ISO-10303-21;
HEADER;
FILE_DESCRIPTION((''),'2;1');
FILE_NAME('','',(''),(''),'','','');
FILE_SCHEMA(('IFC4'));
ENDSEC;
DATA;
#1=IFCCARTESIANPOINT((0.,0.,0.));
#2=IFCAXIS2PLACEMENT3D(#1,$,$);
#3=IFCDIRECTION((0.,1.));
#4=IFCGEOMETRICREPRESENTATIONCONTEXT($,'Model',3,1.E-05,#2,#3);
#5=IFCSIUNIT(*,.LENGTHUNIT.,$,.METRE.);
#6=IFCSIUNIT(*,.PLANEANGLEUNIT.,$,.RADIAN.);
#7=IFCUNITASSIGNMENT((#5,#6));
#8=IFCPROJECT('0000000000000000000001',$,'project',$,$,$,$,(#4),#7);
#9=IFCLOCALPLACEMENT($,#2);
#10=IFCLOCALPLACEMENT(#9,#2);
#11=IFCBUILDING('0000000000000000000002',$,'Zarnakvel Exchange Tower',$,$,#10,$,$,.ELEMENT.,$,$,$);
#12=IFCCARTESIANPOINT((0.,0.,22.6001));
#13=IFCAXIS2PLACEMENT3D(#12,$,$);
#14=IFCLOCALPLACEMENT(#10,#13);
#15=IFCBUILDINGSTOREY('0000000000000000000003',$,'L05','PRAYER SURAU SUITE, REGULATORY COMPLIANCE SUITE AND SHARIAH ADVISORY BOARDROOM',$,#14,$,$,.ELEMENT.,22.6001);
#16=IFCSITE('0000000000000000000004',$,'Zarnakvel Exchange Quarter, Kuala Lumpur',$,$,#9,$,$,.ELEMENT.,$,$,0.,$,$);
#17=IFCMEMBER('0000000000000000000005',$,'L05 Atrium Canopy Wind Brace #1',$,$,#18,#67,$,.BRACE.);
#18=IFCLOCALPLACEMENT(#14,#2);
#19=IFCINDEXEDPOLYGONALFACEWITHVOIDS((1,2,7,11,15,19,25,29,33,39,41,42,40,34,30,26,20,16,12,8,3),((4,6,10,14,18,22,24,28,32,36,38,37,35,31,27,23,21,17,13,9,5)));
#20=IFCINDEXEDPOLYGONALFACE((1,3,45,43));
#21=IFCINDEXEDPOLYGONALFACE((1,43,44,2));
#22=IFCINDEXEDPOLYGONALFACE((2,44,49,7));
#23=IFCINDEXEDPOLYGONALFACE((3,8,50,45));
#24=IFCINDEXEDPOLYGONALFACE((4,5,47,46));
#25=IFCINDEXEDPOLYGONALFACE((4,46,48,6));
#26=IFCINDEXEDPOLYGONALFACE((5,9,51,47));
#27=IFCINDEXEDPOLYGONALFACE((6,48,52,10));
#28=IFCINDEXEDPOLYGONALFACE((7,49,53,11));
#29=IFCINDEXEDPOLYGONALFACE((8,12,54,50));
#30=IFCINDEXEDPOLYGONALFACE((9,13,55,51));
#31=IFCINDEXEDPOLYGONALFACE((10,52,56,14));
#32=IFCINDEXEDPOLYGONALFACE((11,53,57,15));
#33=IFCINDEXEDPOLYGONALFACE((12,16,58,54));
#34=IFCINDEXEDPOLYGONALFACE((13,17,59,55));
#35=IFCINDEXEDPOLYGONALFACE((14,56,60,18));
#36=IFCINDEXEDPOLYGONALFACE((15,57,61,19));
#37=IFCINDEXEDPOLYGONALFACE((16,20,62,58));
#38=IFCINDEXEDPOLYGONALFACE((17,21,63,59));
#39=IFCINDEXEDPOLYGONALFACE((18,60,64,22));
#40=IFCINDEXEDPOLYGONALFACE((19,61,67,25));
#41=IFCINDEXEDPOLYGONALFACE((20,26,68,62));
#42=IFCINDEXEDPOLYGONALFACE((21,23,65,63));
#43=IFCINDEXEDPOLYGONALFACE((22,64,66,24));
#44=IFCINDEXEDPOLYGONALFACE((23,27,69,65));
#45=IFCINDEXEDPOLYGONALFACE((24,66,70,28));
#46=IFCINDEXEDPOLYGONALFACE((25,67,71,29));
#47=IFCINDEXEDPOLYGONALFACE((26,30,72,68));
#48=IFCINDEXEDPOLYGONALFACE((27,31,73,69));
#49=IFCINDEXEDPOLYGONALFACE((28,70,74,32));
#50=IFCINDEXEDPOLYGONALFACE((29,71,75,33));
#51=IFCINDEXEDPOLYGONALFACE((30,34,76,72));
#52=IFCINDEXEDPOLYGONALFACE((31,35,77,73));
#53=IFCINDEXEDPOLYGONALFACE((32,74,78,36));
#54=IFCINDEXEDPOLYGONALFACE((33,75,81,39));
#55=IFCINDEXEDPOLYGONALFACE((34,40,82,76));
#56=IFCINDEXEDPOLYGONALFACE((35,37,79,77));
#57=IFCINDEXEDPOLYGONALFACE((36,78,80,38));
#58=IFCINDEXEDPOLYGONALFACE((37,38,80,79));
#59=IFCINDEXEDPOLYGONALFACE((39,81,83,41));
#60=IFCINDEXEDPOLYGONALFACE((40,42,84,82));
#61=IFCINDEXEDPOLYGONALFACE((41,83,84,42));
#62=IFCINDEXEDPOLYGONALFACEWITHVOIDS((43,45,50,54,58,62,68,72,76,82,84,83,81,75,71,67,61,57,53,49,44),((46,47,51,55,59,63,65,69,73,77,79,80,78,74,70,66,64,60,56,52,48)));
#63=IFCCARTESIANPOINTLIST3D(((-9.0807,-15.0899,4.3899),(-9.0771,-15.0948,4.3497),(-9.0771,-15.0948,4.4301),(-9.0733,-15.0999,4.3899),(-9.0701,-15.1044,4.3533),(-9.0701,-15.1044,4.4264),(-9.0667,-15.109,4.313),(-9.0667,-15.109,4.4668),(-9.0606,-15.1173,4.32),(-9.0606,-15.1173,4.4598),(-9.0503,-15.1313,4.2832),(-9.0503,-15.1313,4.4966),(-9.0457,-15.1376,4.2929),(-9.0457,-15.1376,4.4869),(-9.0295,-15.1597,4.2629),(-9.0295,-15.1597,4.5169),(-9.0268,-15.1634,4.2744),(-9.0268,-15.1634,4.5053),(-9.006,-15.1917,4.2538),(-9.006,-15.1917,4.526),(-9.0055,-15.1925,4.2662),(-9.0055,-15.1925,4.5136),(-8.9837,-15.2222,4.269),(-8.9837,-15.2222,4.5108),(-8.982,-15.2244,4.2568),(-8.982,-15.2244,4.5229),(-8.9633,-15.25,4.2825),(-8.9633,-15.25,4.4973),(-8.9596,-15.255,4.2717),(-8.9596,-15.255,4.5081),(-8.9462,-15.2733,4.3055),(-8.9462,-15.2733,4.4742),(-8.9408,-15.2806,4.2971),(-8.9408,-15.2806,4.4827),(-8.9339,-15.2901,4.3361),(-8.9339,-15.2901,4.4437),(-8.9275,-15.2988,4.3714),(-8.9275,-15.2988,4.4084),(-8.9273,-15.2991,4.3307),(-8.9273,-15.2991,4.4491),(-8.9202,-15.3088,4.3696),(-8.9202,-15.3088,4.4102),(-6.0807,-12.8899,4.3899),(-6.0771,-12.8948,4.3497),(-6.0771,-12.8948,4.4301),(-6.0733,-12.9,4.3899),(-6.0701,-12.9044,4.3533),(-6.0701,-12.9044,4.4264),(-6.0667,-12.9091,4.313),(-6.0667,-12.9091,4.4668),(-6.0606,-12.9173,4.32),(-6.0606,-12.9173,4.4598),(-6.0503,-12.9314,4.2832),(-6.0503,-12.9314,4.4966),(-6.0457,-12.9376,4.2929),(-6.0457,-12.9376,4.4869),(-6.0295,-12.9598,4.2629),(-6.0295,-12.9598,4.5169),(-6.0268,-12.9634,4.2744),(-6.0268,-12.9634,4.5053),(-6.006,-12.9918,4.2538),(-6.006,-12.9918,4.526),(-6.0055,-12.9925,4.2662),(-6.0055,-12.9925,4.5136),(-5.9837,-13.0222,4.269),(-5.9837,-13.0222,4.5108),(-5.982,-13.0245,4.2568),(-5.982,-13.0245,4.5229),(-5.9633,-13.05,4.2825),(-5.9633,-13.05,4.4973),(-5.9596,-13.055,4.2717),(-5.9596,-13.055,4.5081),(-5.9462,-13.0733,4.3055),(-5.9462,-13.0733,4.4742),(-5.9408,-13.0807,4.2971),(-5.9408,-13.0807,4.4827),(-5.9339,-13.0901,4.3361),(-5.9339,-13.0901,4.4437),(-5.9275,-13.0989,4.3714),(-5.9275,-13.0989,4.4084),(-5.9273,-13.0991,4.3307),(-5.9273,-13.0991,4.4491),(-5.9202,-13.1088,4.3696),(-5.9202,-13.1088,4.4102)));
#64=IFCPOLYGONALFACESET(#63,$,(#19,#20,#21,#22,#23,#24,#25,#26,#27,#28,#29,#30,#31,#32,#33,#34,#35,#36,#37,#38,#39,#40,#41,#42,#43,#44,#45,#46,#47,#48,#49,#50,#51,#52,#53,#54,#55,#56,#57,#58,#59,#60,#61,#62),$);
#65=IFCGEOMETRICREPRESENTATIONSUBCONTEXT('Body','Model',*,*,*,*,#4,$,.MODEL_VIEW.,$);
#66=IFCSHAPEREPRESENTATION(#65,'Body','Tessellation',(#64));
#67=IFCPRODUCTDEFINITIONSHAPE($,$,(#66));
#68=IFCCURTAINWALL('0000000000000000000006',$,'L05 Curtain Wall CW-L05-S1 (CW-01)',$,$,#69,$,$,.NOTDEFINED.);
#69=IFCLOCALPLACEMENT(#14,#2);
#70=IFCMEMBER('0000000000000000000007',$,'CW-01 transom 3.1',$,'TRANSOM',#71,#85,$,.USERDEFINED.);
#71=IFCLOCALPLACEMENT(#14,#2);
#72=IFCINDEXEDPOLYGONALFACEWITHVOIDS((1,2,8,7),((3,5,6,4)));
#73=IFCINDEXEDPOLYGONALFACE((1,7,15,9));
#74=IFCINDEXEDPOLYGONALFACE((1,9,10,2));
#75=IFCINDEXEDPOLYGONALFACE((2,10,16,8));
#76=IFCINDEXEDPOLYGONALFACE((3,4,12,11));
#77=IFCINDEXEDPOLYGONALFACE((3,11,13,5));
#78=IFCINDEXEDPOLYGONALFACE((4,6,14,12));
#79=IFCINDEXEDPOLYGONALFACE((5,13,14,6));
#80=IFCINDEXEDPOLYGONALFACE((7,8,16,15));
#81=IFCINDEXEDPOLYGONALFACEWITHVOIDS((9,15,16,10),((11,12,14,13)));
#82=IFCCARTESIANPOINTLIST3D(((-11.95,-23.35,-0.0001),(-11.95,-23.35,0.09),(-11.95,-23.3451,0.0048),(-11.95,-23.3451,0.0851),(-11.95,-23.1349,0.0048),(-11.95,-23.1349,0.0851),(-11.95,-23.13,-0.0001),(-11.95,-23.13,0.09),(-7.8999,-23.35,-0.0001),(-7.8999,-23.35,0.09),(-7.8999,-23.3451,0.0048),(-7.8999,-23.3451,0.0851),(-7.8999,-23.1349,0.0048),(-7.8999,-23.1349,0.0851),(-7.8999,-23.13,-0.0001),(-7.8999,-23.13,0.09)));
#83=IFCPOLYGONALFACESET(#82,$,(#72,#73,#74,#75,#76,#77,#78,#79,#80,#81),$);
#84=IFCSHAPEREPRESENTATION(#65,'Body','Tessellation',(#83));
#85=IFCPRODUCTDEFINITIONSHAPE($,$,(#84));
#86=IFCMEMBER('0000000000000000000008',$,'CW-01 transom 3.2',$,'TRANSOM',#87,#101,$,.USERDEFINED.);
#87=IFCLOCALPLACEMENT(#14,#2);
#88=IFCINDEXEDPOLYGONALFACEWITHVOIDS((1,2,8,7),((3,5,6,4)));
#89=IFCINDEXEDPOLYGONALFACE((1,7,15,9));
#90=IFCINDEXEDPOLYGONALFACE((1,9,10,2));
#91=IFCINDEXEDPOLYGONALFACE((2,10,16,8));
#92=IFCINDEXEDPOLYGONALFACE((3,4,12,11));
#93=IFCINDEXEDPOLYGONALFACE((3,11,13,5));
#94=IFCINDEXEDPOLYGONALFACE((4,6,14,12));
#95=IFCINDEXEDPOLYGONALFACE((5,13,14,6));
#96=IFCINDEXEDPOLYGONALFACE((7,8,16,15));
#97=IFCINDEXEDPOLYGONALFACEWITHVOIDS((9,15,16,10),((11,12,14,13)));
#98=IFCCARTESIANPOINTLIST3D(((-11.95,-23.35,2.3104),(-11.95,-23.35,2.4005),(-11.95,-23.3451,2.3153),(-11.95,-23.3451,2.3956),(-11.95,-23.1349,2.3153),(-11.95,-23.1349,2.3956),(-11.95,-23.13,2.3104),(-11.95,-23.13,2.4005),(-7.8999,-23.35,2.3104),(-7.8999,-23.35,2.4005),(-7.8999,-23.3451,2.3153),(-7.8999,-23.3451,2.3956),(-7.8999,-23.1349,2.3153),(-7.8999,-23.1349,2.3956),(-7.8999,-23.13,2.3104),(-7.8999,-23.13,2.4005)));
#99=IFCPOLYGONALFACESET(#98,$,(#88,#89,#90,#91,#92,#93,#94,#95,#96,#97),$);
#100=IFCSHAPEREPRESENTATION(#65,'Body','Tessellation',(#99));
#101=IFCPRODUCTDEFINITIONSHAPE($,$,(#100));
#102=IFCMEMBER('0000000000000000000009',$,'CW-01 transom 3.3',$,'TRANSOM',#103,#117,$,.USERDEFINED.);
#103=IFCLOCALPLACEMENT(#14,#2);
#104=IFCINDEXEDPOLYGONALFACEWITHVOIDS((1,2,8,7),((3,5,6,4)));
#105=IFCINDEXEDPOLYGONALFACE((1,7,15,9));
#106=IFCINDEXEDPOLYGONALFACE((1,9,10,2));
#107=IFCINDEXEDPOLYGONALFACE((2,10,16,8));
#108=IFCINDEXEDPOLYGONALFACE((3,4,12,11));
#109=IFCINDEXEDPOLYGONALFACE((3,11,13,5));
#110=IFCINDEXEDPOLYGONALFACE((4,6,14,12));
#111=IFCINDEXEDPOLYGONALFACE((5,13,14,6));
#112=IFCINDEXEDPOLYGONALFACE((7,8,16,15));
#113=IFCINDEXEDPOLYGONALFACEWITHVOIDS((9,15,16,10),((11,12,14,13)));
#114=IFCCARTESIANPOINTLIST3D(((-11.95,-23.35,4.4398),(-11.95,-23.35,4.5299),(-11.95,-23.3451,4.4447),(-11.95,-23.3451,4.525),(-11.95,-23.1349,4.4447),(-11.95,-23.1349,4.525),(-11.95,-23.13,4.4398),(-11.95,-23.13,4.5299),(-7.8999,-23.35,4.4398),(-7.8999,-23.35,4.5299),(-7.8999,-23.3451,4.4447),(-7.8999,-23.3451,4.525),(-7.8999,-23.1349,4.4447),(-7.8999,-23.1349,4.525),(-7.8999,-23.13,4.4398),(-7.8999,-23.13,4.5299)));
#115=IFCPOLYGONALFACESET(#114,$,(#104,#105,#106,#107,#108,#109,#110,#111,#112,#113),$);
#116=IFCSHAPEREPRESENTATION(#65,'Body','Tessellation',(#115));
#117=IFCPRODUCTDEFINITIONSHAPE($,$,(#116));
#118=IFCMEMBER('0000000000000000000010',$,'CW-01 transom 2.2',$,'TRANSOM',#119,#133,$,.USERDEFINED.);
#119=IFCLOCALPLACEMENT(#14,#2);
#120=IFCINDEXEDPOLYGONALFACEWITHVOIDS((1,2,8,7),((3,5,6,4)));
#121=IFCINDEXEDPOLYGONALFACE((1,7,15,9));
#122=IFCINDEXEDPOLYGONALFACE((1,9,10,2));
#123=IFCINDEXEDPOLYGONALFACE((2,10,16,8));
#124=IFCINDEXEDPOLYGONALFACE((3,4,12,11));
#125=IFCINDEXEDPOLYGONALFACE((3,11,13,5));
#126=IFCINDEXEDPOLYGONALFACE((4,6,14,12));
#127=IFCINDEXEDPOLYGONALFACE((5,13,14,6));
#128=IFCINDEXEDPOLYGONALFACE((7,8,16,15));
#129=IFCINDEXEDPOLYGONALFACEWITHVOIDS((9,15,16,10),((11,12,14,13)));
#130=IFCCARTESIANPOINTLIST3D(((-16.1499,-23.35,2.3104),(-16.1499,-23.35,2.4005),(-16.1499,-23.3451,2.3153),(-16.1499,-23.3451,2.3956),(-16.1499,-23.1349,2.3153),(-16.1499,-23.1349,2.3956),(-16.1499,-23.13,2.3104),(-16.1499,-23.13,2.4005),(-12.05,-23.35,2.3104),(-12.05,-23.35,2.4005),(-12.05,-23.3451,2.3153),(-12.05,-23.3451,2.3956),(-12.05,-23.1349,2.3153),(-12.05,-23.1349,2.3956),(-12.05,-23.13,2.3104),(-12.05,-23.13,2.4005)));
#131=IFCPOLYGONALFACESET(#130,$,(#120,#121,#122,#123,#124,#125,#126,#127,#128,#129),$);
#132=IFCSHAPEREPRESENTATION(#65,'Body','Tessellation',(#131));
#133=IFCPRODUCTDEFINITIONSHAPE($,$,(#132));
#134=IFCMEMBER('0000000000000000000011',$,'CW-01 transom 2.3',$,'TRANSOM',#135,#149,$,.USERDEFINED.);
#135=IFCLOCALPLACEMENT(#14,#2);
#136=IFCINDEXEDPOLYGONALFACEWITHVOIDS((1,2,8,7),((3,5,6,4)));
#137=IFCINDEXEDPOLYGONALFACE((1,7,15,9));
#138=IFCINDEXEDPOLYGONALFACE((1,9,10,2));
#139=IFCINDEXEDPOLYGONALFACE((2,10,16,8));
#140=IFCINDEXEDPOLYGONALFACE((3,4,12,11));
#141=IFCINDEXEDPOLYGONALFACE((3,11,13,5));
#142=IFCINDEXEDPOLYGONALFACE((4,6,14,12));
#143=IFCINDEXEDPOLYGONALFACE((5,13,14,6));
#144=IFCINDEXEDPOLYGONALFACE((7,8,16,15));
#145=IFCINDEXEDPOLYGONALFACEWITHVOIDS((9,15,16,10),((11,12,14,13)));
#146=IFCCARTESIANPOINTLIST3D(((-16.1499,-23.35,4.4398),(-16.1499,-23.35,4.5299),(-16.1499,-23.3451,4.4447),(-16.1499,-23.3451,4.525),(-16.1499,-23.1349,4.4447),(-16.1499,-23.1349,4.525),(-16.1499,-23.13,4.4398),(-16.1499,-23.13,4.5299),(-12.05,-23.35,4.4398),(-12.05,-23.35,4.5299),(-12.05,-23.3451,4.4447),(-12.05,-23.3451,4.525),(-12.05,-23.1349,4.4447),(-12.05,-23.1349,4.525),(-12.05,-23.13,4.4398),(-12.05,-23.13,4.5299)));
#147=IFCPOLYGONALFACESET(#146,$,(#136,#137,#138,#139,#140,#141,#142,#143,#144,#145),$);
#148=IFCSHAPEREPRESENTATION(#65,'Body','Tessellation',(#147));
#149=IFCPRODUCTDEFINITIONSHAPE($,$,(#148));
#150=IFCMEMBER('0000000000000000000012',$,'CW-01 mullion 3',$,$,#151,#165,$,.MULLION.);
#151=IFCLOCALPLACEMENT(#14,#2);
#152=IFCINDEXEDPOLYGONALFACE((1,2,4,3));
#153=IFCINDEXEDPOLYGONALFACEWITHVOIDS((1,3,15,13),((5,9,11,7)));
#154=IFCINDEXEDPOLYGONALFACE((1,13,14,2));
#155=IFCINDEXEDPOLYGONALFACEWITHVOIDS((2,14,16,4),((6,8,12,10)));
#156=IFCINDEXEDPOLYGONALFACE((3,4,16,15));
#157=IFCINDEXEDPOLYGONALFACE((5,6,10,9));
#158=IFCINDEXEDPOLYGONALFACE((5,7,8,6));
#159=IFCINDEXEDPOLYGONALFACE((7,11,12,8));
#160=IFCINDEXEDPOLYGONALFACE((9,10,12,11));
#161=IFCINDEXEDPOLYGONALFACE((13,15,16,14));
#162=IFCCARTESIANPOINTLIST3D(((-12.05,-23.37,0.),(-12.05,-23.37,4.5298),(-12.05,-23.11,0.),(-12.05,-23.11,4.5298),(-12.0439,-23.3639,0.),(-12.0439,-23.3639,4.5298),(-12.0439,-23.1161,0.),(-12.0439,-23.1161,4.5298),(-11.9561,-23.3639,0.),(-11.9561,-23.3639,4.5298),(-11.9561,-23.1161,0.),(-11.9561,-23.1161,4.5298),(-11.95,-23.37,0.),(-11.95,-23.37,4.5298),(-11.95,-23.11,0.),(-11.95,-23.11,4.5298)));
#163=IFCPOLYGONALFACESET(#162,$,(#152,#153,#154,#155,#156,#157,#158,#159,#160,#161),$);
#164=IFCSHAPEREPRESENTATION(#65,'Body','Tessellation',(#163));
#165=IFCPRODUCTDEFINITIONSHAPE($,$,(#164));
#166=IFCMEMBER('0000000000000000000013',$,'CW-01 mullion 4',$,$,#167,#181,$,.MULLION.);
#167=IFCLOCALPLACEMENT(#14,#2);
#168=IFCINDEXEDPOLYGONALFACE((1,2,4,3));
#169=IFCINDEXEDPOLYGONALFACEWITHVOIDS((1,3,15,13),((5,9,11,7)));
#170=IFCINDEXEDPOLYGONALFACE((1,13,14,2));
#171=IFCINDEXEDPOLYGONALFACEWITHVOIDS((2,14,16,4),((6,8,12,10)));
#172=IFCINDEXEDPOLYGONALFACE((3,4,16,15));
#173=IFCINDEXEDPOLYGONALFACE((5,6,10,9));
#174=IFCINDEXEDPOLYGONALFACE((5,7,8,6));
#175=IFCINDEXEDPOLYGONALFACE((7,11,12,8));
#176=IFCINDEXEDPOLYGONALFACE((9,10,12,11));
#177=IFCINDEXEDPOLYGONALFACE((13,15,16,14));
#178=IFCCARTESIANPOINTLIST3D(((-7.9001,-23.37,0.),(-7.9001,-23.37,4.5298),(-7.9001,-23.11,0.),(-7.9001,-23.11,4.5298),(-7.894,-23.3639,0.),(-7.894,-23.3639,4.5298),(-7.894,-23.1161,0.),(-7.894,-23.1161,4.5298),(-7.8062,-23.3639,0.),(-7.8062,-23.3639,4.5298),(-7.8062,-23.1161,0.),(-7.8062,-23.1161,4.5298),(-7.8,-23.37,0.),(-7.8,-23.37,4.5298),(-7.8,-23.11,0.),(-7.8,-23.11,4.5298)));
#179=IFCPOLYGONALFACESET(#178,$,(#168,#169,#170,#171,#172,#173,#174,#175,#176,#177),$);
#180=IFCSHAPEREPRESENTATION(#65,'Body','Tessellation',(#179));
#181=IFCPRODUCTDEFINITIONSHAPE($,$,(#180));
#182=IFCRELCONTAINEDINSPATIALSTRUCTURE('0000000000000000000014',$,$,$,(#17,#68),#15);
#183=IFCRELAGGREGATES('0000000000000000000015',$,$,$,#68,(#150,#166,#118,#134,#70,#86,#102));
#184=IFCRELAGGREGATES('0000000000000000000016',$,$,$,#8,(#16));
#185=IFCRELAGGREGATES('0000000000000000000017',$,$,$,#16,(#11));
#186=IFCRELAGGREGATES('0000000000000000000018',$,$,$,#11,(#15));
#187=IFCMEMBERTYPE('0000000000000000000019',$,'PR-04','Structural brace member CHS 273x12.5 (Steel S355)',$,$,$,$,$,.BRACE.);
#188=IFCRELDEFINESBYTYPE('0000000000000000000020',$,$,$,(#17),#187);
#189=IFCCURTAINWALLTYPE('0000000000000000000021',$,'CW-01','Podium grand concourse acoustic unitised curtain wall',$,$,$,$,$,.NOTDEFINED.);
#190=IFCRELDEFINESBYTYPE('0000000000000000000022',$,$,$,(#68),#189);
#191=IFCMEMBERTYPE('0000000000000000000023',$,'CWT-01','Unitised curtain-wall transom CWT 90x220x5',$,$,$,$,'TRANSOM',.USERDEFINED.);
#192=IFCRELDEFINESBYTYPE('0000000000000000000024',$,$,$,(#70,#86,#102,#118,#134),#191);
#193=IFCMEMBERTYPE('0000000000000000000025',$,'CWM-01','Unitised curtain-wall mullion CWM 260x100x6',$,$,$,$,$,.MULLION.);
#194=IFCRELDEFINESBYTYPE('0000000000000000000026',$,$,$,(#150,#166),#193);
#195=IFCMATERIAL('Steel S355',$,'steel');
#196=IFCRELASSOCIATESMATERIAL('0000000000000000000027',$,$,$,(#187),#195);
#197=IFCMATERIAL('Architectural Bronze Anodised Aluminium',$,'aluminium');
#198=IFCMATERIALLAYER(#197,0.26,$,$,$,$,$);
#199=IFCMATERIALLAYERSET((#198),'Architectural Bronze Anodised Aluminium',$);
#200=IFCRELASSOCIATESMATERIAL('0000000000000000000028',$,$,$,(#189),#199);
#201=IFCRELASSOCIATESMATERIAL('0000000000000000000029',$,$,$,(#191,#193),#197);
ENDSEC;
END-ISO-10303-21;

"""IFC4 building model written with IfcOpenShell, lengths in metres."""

from ifc_helpers import new_model, si_unit, direction, frame, origin, origin_2d, place, context, subcontext, project, spatial, hollow_rectangle, hollow_circle, extrude, source, transform, mapped, material, layer, layer_set, material_profile, profile_set, type_object, element, aggregate, save


model = new_model("IFC4")

# Units and contexts
model_context = context("Model", 3, precision=1e-05, world=origin(), true_north=direction((0.0, 1.0)))
body_context = subcontext(model_context, "Body", "Model", "MODEL_VIEW")
ifc_project = project(units=[si_unit("LENGTHUNIT", "METRE"), si_unit("PLANEANGLEUNIT", "RADIAN")], contexts=[model_context])

# Site, building, storey
site_placement = place(None, origin())
site = spatial("IfcSite", under=ifc_project, at=site_placement, Name="Zarnakvel Exchange Quarter, Kuala Lumpur", CompositionType="ELEMENT", RefElevation=0.0)
building_placement = place(site_placement, origin())
building = spatial("IfcBuilding", under=site, at=building_placement, Name="Zarnakvel Exchange Tower", CompositionType="ELEMENT")
storey_placement = place(building_placement, frame((0.0, 0.0, 22.6001)))
storey = spatial("IfcBuildingStorey", under=building, at=storey_placement, Name="L05", Description="PRAYER SURAU SUITE, REGULATORY COMPLIANCE SUITE AND SHARIAH ADVISORY BOARDROOM", CompositionType="ELEMENT", Elevation=22.6001)

# Shared definitions
ifc_material_1 = material(Name="Steel S355", Category="steel")

# Member
ifc_material_profile_1 = material_profile(ifc_material_1, hollow_circle(Radius=0.1365, WallThickness=0.0125, at=origin_2d()))
ifc_profile_set_1 = profile_set([ifc_material_profile_1], Name="Steel S355")
member_type_1 = type_object("IfcMemberType", Name="PR-04", Description="Structural brace member CHS 273x12.5 (Steel S355)", PredefinedType="BRACE", material=ifc_profile_set_1)
shared_shape_1 = source(origin(), body_context, "Body", "SweptSolid", [
    extrude(hollow_circle(Radius=0.1365, WallThickness=0.0125, at=origin_2d()), origin(), (0.0, 0.0, 1.0), 3.7202),
])
member_1_placement = place(storey_placement, frame((-9.0, -15.2, 4.3899), z_axis=(0.806411, 0.591355, 0.0), x_axis=(-0.591355, 0.806411, 0.0)))
element("IfcMember", 1, at=member_1_placement, inside=storey, type_object=member_type_1, Name="L05 Atrium Canopy Wind Brace #1", PredefinedType="BRACE", context=body_context, shape_type="MappedRepresentation", body=[
    mapped(shared_shape_1, transform((0.0, 0.0, 0.0), x_axis=(1.0, 0.0, 0.0), y_axis=(0.0, 1.0, 0.0), z_axis=(0.0, 0.0, 1.0), scale=1.0)),
])

# Curtain wall, members
ifc_material_2 = material(Name="Architectural Bronze Anodised Aluminium", Category="aluminium")
ifc_layer_1 = layer(ifc_material_2, 0.26)
ifc_layer_set_1 = layer_set([ifc_layer_1], Name="Architectural Bronze Anodised Aluminium")
curtain_wall_type = type_object("IfcCurtainWallType", Name="CW-01", Description="Podium grand concourse acoustic unitised curtain wall", PredefinedType="NOTDEFINED", material=ifc_layer_set_1)
curtain_wall_placement = place(storey_placement, origin())
curtain_wall = element("IfcCurtainWall", 2, at=curtain_wall_placement, inside=storey, type_object=curtain_wall_type, Name="L05 Curtain Wall CW-L05-S1 (CW-01)", PredefinedType="NOTDEFINED")
ifc_material_profile_2 = material_profile(ifc_material_2, hollow_rectangle(XDim=0.22, YDim=0.0901, WallThickness=0.0049, at=origin_2d()))
ifc_profile_set_2 = profile_set([ifc_material_profile_2], Name="Architectural Bronze Anodised Aluminium")
member_type_2 = type_object("IfcMemberType", Name="CWT-01", Description="Unitised curtain-wall transom CWT 90x220x5", ElementType="TRANSOM", PredefinedType="USERDEFINED", material=ifc_profile_set_2)
shared_shape_2 = source(origin(), body_context, "Body", "SweptSolid", [
    extrude(hollow_rectangle(XDim=0.22, YDim=0.0901, WallThickness=0.0049, at=origin_2d()), origin(), (0.0, 0.0, 1.0), 4.05),
])
member_2_placement = place(storey_placement, frame((-11.95, -23.24, 0.0449), z_axis=(1.0, 0.0, 0.0), x_axis=(0.0, 1.0, 0.0)))
member_2 = element("IfcMember", 3, at=member_2_placement, type_object=member_type_2, Name="CW-01 transom 3.1", ObjectType="TRANSOM", PredefinedType="USERDEFINED", context=body_context, shape_type="MappedRepresentation", body=[
    mapped(shared_shape_2, transform((0.0, 0.0, 0.0), x_axis=(1.0, 0.0, 0.0), y_axis=(0.0, 1.0, 0.0), z_axis=(0.0, 0.0, 1.0), scale=1.0)),
])
member_3_placement = place(storey_placement, frame((-11.95, -23.24, 2.3555), z_axis=(1.0, 0.0, 0.0), x_axis=(0.0, 1.0, 0.0)))
member_3 = element("IfcMember", 4, at=member_3_placement, type_object=member_type_2, Name="CW-01 transom 3.2", ObjectType="TRANSOM", PredefinedType="USERDEFINED", context=body_context, shape_type="MappedRepresentation", body=[
    mapped(shared_shape_2, transform((0.0, 0.0, 0.0), x_axis=(1.0, 0.0, 0.0), y_axis=(0.0, 1.0, 0.0), z_axis=(0.0, 0.0, 1.0), scale=1.0)),
])
member_4_placement = place(storey_placement, frame((-11.95, -23.24, 4.4849), z_axis=(1.0, 0.0, 0.0), x_axis=(0.0, 1.0, 0.0)))
member_4 = element("IfcMember", 5, at=member_4_placement, type_object=member_type_2, Name="CW-01 transom 3.3", ObjectType="TRANSOM", PredefinedType="USERDEFINED", context=body_context, shape_type="MappedRepresentation", body=[
    mapped(shared_shape_2, transform((0.0, 0.0, 0.0), x_axis=(1.0, 0.0, 0.0), y_axis=(0.0, 1.0, 0.0), z_axis=(0.0, 0.0, 1.0), scale=1.0)),
])
shared_shape_3 = source(origin(), body_context, "Body", "SweptSolid", [
    extrude(hollow_rectangle(XDim=0.22, YDim=0.0901, WallThickness=0.0049, at=origin_2d()), origin(), (0.0, 0.0, 1.0), 4.0999),
])
member_5_placement = place(storey_placement, frame((-16.1499, -23.24, 2.3555), z_axis=(1.0, 0.0, 0.0), x_axis=(0.0, 1.0, 0.0)))
member_5 = element("IfcMember", 6, at=member_5_placement, type_object=member_type_2, Name="CW-01 transom 2.2", ObjectType="TRANSOM", PredefinedType="USERDEFINED", context=body_context, shape_type="MappedRepresentation", body=[
    mapped(shared_shape_3, transform((0.0, 0.0, 0.0), x_axis=(1.0, 0.0, 0.0), y_axis=(0.0, 1.0, 0.0), z_axis=(0.0, 0.0, 1.0), scale=1.0)),
])
member_6_placement = place(storey_placement, frame((-16.1499, -23.24, 4.4849), z_axis=(1.0, 0.0, 0.0), x_axis=(0.0, 1.0, 0.0)))
member_6 = element("IfcMember", 7, at=member_6_placement, type_object=member_type_2, Name="CW-01 transom 2.3", ObjectType="TRANSOM", PredefinedType="USERDEFINED", context=body_context, shape_type="MappedRepresentation", body=[
    mapped(shared_shape_3, transform((0.0, 0.0, 0.0), x_axis=(1.0, 0.0, 0.0), y_axis=(0.0, 1.0, 0.0), z_axis=(0.0, 0.0, 1.0), scale=1.0)),
])
ifc_material_profile_3 = material_profile(ifc_material_2, hollow_rectangle(XDim=0.26, YDim=0.1001, WallThickness=0.0061, at=origin_2d()))
ifc_profile_set_3 = profile_set([ifc_material_profile_3], Name="Architectural Bronze Anodised Aluminium")
member_type_3 = type_object("IfcMemberType", Name="CWM-01", Description="Unitised curtain-wall mullion CWM 260x100x6", PredefinedType="MULLION", material=ifc_profile_set_3)
shared_shape_4 = source(origin(), body_context, "Body", "SweptSolid", [
    extrude(hollow_rectangle(XDim=0.26, YDim=0.1001, WallThickness=0.0061, at=origin_2d()), origin(), (0.0, 0.0, 1.0), 4.5298),
])
member_7_placement = place(storey_placement, frame((-12.0, -23.24, 0.0), z_axis=(0.0, 0.0, 1.0), x_axis=(0.0, 1.0, 0.0)))
member_7 = element("IfcMember", 8, at=member_7_placement, type_object=member_type_3, Name="CW-01 mullion 3", PredefinedType="MULLION", context=body_context, shape_type="MappedRepresentation", body=[
    mapped(shared_shape_4, transform((0.0, 0.0, 0.0), x_axis=(1.0, 0.0, 0.0), y_axis=(0.0, 1.0, 0.0), z_axis=(0.0, 0.0, 1.0), scale=1.0)),
])
member_8_placement = place(storey_placement, frame((-7.8501, -23.24, 0.0), z_axis=(0.0, 0.0, 1.0), x_axis=(0.0, 1.0, 0.0)))
member_8 = element("IfcMember", 9, at=member_8_placement, type_object=member_type_3, Name="CW-01 mullion 4", PredefinedType="MULLION", context=body_context, shape_type="MappedRepresentation", body=[
    mapped(shared_shape_4, transform((0.0, 0.0, 0.0), x_axis=(1.0, 0.0, 0.0), y_axis=(0.0, 1.0, 0.0), z_axis=(0.0, 0.0, 1.0), scale=1.0)),
])

aggregate(curtain_wall, [member_7, member_8, member_5, member_6, member_2, member_3, member_4])

save(model, "model.ifc")
